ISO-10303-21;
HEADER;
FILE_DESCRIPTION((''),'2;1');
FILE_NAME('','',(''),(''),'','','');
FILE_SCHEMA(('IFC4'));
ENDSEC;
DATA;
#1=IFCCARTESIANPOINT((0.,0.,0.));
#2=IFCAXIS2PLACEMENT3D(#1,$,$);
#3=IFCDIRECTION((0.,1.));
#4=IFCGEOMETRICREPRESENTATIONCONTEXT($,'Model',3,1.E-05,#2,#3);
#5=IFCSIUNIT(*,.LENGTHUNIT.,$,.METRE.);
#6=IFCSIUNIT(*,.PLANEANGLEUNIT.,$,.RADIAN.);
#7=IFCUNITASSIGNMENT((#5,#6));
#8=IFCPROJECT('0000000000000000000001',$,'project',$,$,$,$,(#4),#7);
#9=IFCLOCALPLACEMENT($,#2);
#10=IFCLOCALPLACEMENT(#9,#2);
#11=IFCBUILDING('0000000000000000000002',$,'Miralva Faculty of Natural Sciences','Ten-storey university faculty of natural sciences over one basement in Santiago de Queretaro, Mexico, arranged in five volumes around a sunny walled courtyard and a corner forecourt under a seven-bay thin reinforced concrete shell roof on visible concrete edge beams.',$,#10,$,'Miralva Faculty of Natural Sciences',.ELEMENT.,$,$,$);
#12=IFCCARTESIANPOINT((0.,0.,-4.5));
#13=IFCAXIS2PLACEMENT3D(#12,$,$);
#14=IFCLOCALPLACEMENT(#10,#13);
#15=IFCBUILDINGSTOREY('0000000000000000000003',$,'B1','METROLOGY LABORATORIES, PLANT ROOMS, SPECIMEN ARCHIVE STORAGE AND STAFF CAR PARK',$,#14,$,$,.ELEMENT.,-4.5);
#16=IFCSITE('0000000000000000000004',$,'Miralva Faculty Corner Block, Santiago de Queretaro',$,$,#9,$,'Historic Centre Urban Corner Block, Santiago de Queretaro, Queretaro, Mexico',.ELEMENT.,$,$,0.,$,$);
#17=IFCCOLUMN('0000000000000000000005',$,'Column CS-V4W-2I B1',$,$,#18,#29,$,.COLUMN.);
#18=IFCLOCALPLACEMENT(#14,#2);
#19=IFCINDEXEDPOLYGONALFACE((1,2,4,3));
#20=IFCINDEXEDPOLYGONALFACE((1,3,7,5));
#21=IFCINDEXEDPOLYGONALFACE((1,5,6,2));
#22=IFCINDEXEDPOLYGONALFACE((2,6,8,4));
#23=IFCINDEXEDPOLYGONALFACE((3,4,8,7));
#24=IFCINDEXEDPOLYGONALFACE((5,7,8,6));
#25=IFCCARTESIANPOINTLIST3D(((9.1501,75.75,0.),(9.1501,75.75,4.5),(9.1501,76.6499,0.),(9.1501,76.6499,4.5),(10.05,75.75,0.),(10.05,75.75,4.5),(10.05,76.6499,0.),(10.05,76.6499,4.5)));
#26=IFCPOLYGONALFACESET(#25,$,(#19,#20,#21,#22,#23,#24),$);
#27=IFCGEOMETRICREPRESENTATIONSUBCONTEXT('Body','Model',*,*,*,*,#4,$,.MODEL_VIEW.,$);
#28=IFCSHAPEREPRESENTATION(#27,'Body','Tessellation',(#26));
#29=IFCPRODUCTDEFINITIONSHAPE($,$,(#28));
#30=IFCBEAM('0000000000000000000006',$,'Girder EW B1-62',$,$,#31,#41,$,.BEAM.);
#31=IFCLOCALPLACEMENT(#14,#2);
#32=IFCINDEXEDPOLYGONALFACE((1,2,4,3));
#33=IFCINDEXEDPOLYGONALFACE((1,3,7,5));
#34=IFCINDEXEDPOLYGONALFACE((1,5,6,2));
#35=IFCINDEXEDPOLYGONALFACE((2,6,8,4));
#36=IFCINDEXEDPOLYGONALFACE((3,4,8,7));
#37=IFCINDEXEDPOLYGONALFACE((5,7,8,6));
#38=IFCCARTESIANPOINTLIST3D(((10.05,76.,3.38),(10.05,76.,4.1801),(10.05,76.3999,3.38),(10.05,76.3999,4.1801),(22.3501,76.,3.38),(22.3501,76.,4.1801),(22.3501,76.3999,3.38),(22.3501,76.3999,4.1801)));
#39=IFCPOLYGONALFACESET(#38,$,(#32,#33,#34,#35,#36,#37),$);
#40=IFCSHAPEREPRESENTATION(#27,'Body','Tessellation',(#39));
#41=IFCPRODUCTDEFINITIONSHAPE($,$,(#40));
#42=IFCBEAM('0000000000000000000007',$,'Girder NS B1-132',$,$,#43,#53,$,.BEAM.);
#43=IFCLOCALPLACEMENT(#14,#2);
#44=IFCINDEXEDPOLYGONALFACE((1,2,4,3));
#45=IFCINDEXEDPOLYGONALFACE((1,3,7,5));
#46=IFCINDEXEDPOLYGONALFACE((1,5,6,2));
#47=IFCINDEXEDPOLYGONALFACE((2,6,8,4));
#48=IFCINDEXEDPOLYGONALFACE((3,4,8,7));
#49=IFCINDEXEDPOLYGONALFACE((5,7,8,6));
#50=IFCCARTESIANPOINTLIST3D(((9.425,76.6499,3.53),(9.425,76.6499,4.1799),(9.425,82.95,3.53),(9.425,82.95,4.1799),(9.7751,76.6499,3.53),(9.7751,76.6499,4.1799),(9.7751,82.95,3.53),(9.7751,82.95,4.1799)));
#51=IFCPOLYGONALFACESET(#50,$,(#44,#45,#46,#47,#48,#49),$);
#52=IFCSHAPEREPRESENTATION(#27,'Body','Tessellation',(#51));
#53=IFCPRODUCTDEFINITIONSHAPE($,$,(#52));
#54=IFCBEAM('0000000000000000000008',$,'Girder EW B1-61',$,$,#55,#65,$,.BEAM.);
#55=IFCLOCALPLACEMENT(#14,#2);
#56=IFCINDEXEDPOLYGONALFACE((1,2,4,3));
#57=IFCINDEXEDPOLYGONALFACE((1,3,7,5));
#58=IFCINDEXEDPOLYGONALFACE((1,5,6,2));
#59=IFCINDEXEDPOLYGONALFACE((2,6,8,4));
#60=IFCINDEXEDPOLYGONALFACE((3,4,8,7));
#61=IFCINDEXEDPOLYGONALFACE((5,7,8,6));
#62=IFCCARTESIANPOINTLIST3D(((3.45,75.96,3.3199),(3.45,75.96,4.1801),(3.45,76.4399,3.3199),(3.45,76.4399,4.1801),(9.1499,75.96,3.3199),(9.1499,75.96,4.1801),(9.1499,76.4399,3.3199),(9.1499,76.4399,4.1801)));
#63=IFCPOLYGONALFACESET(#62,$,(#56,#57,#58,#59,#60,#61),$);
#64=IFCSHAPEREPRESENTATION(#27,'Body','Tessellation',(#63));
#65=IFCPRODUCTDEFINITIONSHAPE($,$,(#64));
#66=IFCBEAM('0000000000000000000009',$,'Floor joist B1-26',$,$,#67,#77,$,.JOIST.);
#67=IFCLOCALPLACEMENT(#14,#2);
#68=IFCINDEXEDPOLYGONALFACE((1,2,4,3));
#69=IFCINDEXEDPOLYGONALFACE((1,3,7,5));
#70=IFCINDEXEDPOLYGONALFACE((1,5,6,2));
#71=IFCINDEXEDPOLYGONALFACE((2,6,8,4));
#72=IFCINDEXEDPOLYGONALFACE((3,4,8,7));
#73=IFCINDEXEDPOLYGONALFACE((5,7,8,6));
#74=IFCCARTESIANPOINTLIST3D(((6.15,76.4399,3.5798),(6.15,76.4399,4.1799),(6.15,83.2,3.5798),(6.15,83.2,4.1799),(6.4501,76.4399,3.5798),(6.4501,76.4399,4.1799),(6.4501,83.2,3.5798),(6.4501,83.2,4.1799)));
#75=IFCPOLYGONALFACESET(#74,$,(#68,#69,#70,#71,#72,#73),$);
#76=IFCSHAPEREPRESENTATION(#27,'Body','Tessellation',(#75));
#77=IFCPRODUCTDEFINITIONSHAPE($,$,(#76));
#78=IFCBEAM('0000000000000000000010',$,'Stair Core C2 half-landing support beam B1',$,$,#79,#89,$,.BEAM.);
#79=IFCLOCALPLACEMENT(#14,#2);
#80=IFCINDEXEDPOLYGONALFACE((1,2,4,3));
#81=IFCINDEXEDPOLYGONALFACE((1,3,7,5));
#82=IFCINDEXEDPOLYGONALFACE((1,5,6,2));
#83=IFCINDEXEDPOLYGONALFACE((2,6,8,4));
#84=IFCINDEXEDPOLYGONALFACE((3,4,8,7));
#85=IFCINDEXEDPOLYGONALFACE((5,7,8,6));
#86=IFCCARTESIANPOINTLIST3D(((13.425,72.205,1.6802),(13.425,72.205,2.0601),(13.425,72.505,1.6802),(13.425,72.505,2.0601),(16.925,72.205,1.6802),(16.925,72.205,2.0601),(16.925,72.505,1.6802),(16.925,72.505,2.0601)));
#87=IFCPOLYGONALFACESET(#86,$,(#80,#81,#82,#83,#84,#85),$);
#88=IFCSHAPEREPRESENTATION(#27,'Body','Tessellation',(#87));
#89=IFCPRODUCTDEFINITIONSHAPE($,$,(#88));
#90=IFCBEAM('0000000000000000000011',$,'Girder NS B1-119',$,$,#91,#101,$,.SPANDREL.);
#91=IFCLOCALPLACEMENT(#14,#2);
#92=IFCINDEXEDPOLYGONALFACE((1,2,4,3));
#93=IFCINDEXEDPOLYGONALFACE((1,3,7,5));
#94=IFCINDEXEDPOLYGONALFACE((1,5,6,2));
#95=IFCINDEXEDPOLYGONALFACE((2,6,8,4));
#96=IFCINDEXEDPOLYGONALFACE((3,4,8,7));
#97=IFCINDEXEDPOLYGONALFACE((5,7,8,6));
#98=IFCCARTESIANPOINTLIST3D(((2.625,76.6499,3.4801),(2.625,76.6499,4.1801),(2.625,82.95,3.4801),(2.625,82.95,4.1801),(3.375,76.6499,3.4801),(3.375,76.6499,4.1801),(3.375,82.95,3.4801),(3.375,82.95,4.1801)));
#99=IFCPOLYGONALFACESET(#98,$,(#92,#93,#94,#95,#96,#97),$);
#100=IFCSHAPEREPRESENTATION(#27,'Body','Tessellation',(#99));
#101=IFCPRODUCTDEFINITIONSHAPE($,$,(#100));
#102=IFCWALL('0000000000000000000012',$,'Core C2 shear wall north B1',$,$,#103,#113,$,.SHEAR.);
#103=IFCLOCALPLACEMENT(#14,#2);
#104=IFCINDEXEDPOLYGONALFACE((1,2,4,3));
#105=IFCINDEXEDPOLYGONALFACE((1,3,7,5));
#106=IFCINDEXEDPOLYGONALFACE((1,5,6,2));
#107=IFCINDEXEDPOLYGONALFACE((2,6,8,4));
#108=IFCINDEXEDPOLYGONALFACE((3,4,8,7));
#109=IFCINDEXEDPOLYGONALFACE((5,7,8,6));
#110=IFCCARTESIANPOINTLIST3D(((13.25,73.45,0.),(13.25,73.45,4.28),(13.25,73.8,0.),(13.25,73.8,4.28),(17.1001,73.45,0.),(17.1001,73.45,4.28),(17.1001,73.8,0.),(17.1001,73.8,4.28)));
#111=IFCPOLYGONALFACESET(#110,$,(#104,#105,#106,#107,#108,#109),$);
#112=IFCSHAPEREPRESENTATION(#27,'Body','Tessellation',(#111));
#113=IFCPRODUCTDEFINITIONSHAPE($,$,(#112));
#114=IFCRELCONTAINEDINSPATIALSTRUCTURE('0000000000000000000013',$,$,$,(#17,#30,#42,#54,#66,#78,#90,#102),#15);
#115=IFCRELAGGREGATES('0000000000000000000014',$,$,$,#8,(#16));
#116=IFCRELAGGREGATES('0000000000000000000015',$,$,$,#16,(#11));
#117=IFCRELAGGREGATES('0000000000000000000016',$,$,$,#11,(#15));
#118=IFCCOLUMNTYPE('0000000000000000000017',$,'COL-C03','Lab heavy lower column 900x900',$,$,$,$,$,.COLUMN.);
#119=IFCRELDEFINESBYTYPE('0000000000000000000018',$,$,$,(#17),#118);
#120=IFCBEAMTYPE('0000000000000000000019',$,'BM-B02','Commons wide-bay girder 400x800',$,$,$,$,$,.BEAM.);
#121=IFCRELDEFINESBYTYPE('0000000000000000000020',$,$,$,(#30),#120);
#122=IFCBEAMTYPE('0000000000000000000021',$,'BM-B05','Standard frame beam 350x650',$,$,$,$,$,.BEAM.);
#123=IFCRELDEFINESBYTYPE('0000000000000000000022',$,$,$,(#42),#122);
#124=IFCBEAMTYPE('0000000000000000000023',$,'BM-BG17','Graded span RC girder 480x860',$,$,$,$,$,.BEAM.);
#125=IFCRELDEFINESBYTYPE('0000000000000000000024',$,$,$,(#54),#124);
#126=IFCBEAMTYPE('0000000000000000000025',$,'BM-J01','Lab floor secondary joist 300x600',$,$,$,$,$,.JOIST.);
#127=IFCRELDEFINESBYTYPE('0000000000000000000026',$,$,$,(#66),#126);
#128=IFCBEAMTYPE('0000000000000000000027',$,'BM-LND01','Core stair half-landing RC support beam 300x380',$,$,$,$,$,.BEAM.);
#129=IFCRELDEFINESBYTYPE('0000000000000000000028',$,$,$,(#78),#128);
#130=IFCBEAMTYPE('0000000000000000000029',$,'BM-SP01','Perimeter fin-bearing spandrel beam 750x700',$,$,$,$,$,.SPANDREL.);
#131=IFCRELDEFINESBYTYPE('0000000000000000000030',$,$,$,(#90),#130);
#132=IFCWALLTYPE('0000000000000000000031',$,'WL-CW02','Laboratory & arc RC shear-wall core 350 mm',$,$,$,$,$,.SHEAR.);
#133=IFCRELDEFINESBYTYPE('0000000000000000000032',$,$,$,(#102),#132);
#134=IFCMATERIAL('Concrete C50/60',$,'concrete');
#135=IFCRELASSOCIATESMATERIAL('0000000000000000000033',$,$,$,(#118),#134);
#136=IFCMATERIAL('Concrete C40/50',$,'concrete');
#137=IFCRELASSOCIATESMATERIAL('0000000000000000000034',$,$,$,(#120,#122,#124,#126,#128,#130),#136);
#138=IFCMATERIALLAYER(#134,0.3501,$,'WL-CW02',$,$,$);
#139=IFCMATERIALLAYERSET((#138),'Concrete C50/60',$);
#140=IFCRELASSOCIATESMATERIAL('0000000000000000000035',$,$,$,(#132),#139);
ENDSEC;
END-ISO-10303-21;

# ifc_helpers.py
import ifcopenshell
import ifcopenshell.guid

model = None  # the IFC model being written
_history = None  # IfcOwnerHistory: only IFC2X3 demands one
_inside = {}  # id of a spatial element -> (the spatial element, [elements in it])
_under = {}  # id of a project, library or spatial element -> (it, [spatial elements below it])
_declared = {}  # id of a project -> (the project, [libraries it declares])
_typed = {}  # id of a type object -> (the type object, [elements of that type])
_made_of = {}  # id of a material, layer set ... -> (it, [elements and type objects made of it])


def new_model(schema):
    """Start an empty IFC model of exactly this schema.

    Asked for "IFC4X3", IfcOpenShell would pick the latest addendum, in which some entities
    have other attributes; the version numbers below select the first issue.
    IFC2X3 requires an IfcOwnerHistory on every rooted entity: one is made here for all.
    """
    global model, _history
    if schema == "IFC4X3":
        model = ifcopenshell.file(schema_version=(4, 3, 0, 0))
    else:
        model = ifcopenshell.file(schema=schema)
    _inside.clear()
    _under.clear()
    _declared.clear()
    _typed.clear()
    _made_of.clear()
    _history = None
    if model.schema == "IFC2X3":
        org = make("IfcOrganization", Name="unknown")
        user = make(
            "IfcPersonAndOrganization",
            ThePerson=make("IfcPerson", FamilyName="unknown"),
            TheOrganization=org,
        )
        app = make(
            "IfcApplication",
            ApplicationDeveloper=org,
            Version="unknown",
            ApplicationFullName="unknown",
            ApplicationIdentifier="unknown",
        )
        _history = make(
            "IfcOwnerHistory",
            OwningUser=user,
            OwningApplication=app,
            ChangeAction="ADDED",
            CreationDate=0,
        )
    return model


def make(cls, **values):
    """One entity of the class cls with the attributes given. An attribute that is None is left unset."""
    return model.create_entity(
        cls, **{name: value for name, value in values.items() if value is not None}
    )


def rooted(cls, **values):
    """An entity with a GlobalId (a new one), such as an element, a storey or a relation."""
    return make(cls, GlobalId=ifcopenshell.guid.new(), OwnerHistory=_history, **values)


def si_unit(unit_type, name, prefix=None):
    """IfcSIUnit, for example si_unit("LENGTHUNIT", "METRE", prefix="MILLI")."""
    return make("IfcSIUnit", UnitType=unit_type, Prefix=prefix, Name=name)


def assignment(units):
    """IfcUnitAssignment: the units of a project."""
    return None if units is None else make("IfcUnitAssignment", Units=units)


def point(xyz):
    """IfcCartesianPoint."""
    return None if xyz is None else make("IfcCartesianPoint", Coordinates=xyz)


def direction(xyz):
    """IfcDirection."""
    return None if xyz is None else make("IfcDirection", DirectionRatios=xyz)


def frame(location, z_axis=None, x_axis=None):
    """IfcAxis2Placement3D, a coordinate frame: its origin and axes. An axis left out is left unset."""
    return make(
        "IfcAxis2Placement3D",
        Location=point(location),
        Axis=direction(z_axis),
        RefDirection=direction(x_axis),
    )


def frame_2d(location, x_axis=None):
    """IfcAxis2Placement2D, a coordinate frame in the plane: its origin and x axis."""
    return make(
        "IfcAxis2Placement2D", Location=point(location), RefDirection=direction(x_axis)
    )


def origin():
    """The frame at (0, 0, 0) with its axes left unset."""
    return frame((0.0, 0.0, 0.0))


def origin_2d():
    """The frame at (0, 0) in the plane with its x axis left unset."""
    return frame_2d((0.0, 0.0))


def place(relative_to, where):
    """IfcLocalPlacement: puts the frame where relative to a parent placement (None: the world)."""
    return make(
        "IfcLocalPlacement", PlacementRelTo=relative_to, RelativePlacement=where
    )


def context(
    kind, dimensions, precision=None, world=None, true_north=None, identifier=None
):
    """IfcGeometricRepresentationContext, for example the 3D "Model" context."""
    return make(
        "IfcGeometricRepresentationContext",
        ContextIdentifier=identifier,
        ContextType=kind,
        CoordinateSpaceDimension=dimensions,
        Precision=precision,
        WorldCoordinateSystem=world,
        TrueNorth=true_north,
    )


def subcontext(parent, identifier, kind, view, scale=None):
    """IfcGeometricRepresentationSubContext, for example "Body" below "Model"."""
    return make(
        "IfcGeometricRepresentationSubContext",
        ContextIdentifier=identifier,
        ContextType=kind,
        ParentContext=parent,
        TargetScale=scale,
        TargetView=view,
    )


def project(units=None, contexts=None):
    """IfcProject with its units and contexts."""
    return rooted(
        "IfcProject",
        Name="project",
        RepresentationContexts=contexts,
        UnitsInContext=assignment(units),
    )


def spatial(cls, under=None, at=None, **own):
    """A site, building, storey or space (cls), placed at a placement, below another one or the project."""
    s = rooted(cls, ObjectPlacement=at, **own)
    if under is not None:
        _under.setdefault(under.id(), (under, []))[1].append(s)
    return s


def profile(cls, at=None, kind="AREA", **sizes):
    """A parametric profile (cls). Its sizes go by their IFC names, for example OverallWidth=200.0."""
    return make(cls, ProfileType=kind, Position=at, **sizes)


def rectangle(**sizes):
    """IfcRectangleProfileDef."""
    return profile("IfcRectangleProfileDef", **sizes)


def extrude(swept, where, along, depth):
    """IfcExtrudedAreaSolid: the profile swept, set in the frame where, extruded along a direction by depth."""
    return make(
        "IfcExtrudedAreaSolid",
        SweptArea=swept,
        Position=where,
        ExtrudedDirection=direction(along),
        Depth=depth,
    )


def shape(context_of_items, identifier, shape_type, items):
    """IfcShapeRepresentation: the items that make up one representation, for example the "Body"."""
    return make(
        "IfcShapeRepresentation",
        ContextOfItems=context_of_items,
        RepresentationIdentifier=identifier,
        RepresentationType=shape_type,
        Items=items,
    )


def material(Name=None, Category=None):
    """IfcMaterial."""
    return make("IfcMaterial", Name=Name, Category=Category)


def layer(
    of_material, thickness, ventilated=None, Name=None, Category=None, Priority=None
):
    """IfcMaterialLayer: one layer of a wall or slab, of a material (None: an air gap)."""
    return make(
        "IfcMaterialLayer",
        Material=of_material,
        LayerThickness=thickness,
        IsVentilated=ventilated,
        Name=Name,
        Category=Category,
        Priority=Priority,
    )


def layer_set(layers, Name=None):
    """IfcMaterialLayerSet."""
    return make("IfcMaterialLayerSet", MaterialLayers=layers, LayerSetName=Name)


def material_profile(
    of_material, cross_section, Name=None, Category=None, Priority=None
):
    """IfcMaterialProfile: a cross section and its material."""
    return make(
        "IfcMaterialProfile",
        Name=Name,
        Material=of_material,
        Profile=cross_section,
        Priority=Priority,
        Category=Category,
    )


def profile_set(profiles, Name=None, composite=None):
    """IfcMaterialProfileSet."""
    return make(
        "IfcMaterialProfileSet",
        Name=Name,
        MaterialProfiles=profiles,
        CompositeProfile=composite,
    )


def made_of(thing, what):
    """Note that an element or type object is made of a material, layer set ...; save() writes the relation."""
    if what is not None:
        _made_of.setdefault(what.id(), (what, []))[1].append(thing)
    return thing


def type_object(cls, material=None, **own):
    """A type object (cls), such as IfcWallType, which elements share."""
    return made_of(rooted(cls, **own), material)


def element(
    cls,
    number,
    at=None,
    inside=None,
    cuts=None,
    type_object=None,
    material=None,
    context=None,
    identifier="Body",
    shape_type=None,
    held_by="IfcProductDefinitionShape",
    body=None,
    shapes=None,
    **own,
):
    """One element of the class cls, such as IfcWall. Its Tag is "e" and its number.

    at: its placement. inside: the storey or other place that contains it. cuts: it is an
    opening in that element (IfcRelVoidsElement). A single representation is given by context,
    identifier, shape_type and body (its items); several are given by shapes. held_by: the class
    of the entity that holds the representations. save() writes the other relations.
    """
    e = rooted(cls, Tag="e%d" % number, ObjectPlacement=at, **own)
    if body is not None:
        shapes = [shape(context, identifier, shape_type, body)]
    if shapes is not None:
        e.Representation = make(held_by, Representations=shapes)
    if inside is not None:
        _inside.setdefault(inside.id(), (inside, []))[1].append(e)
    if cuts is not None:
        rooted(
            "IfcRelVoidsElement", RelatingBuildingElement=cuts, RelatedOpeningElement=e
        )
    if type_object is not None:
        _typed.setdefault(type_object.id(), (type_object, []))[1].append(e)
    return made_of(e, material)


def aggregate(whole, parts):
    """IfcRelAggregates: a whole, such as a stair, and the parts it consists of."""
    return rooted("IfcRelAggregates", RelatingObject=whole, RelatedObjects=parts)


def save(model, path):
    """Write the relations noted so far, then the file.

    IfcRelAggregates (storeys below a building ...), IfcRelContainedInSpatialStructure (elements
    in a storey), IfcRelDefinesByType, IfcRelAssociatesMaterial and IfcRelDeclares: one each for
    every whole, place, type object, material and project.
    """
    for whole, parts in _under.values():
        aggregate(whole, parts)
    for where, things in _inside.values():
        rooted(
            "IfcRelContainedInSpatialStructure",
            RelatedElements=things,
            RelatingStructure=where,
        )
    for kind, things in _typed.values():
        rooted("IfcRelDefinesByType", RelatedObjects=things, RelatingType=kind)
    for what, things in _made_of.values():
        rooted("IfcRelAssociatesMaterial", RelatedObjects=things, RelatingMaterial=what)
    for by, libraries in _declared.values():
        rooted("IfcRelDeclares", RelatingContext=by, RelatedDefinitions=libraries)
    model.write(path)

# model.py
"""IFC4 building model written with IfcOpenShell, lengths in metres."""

from ifc_helpers import new_model, si_unit, direction, frame, frame_2d, origin, origin_2d, place, context, subcontext, project, spatial, rectangle, extrude, material, layer, layer_set, material_profile, profile_set, type_object, element, save


model = new_model("IFC4")

# Units and contexts
model_context = context("Model", 3, precision=1e-05, world=origin(), true_north=direction((0.0, 1.0)))
body_context = subcontext(model_context, "Body", "Model", "MODEL_VIEW")
ifc_project = project(units=[si_unit("LENGTHUNIT", "METRE"), si_unit("PLANEANGLEUNIT", "RADIAN")], contexts=[model_context])

# Site, building, storey
site_placement = place(None, origin())
site = spatial("IfcSite", under=ifc_project, at=site_placement, Name="Miralva Faculty Corner Block, Santiago de Queretaro", LongName="Historic Centre Urban Corner Block, Santiago de Queretaro, Queretaro, Mexico", CompositionType="ELEMENT", RefElevation=0.0)
building_placement = place(site_placement, origin())
building = spatial("IfcBuilding", under=site, at=building_placement, Name="Miralva Faculty of Natural Sciences", Description="Ten-storey university faculty of natural sciences over one basement in Santiago de Queretaro, Mexico, arranged in five volumes around a sunny walled courtyard and a corner forecourt under a seven-bay thin reinforced concrete shell roof on visible concrete edge beams.", LongName="Miralva Faculty of Natural Sciences", CompositionType="ELEMENT")
storey_placement = place(building_placement, frame((0.0, 0.0, -4.5)))
storey = spatial("IfcBuildingStorey", under=building, at=storey_placement, Name="B1", Description="METROLOGY LABORATORIES, PLANT ROOMS, SPECIMEN ARCHIVE STORAGE AND STAFF CAR PARK", CompositionType="ELEMENT", Elevation=-4.5)

# Column
ifc_material_1 = material(Name="Concrete C50/60", Category="concrete")
ifc_material_profile_1 = material_profile(ifc_material_1, rectangle(XDim=0.8999, YDim=0.8999, at=origin_2d()), Name="RC 900x900")
ifc_profile_set_1 = profile_set([ifc_material_profile_1], Name="Concrete C50/60")
column_type = type_object("IfcColumnType", Name="COL-C03", Description="Lab heavy lower column 900x900", PredefinedType="COLUMN", material=ifc_profile_set_1)
for number, where, z_axis, x_axis, name in (
    (1, (9.6001, 76.2, 0.0), (0.0, 0.0, 1.0), (1.0, 0.0, 0.0), "Column CS-V4W-2I B1"),
):
    element("IfcColumn", number, at=place(storey_placement, frame(where, z_axis=z_axis, x_axis=x_axis)), inside=storey, type_object=column_type, Name=name, PredefinedType="COLUMN", context=body_context, shape_type="SweptSolid", body=[
        extrude(rectangle(XDim=0.8999, YDim=0.8999, at=origin_2d()), origin(), (0.0, 0.0, 1.0), 4.5),
    ])

# Beams
ifc_material_2 = material(Name="Concrete C40/50", Category="concrete")
ifc_material_profile_2 = material_profile(ifc_material_2, rectangle(XDim=0.3999, YDim=0.8, at=origin_2d()), Name="RC 400x800")
ifc_profile_set_2 = profile_set([ifc_material_profile_2], Name="Concrete C40/50")
beam_type_1 = type_object("IfcBeamType", Name="BM-B02", Description="Commons wide-bay girder 400x800", PredefinedType="BEAM", material=ifc_profile_set_2)
beam_1_placement = place(storey_placement, frame((10.05, 76.2, 3.78), z_axis=(1.0, 0.0, 0.0), x_axis=(0.0, 1.0, 0.0)))
element("IfcBeam", 2, at=beam_1_placement, inside=storey, type_object=beam_type_1, Name="Girder EW B1-62", PredefinedType="BEAM", context=body_context, shape_type="SweptSolid", body=[
    extrude(rectangle(XDim=0.3999, YDim=0.8, at=origin_2d()), origin(), (0.0, 0.0, 1.0), 12.3),
])
ifc_material_profile_3 = material_profile(ifc_material_2, rectangle(XDim=0.3501, YDim=0.6499, at=origin_2d()), Name="RC 350x650")
ifc_profile_set_3 = profile_set([ifc_material_profile_3], Name="Concrete C40/50")
beam_type_2 = type_object("IfcBeamType", Name="BM-B05", Description="Standard frame beam 350x650", PredefinedType="BEAM", material=ifc_profile_set_3)
beam_2_placement = place(storey_placement, frame((9.6001, 76.6499, 3.855), z_axis=(0.0, 1.0, 0.0), x_axis=(-1.0, 0.0, 0.0)))
element("IfcBeam", 3, at=beam_2_placement, inside=storey, type_object=beam_type_2, Name="Girder NS B1-132", PredefinedType="BEAM", context=body_context, shape_type="SweptSolid", body=[
    extrude(rectangle(XDim=0.3501, YDim=0.6499, at=origin_2d()), origin(), (0.0, 0.0, 1.0), 6.3),
])
ifc_material_profile_4 = material_profile(ifc_material_2, rectangle(XDim=0.48, YDim=0.8601, at=origin_2d()), Name="RC 480x860")
ifc_profile_set_4 = profile_set([ifc_material_profile_4], Name="Concrete C40/50")
beam_type_3 = type_object("IfcBeamType", Name="BM-BG17", Description="Graded span RC girder 480x860", PredefinedType="BEAM", material=ifc_profile_set_4)
beam_3_placement = place(storey_placement, frame((3.45, 76.2, 3.75), z_axis=(1.0, 0.0, 0.0), x_axis=(0.0, 1.0, 0.0)))
element("IfcBeam", 4, at=beam_3_placement, inside=storey, type_object=beam_type_3, Name="Girder EW B1-61", PredefinedType="BEAM", context=body_context, shape_type="SweptSolid", body=[
    extrude(rectangle(XDim=0.48, YDim=0.8601, at=origin_2d()), origin(), (0.0, 0.0, 1.0), 5.7),
])
ifc_material_profile_5 = material_profile(ifc_material_2, rectangle(XDim=0.3, YDim=0.6001, at=origin_2d()), Name="RC 300x600")
ifc_profile_set_5 = profile_set([ifc_material_profile_5], Name="Concrete C40/50")
beam_type_4 = type_object("IfcBeamType", Name="BM-J01", Description="Lab floor secondary joist 300x600", PredefinedType="JOIST", material=ifc_profile_set_5)
beam_4_placement = place(storey_placement, frame((6.3, 76.4399, 3.8799), z_axis=(0.0, 1.0, 0.0), x_axis=(-1.0, 0.0, 0.0)))
element("IfcBeam", 5, at=beam_4_placement, inside=storey, type_object=beam_type_4, Name="Floor joist B1-26", PredefinedType="JOIST", context=body_context, shape_type="SweptSolid", body=[
    extrude(rectangle(XDim=0.3, YDim=0.6001, at=origin_2d()), origin(), (0.0, 0.0, 1.0), 6.76),
])
ifc_material_profile_6 = material_profile(ifc_material_2, rectangle(XDim=0.3, YDim=0.3799, at=origin_2d()), Name="RC 300x380")
ifc_profile_set_6 = profile_set([ifc_material_profile_6], Name="Concrete C40/50")
beam_type_5 = type_object("IfcBeamType", Name="BM-LND01", Description="Core stair half-landing RC support beam 300x380", PredefinedType="BEAM", material=ifc_profile_set_6)
beam_5_placement = place(storey_placement, frame((13.425, 72.355, 1.8701), z_axis=(1.0, 0.0, 0.0), x_axis=(0.0, 1.0, 0.0)))
element("IfcBeam", 6, at=beam_5_placement, inside=storey, type_object=beam_type_5, Name="Stair Core C2 half-landing support beam B1", PredefinedType="BEAM", context=body_context, shape_type="SweptSolid", body=[
    extrude(rectangle(XDim=0.3, YDim=0.3799, at=origin_2d()), origin(), (0.0, 0.0, 1.0), 3.5),
])
ifc_material_profile_7 = material_profile(ifc_material_2, rectangle(XDim=0.75, YDim=0.7, at=origin_2d()), Name="RC 750x700")
ifc_profile_set_7 = profile_set([ifc_material_profile_7], Name="Concrete C40/50")
beam_type_6 = type_object("IfcBeamType", Name="BM-SP01", Description="Perimeter fin-bearing spandrel beam 750x700", PredefinedType="SPANDREL", material=ifc_profile_set_7)
beam_6_placement = place(storey_placement, frame((3.0, 76.6499, 3.8301), z_axis=(0.0, 1.0, 0.0), x_axis=(-1.0, 0.0, 0.0)))
element("IfcBeam", 7, at=beam_6_placement, inside=storey, type_object=beam_type_6, Name="Girder NS B1-119", PredefinedType="SPANDREL", context=body_context, shape_type="SweptSolid", body=[
    extrude(rectangle(XDim=0.75, YDim=0.7, at=origin_2d()), origin(), (0.0, 0.0, 1.0), 6.3),
])

# Wall
ifc_layer_1 = layer(ifc_material_1, 0.3501, Name="WL-CW02")
ifc_layer_set_1 = layer_set([ifc_layer_1], Name="Concrete C50/60")
wall_type = type_object("IfcWallType", Name="WL-CW02", Description="Laboratory & arc RC shear-wall core 350 mm", PredefinedType="SHEAR", material=ifc_layer_set_1)
wall_placement = place(storey_placement, frame((13.25, 73.625, 0.0), z_axis=(0.0, 0.0, 1.0), x_axis=(1.0, 0.0, 0.0)))
element("IfcWall", 8, at=wall_placement, inside=storey, type_object=wall_type, Name="Core C2 shear wall north B1", PredefinedType="SHEAR", context=body_context, shape_type="SweptSolid", body=[
    extrude(rectangle(XDim=3.8501, YDim=0.3501, at=frame_2d((1.925, 0.0))), origin(), (0.0, 0.0, 1.0), 4.28),
])

save(model, "model.ifc")
